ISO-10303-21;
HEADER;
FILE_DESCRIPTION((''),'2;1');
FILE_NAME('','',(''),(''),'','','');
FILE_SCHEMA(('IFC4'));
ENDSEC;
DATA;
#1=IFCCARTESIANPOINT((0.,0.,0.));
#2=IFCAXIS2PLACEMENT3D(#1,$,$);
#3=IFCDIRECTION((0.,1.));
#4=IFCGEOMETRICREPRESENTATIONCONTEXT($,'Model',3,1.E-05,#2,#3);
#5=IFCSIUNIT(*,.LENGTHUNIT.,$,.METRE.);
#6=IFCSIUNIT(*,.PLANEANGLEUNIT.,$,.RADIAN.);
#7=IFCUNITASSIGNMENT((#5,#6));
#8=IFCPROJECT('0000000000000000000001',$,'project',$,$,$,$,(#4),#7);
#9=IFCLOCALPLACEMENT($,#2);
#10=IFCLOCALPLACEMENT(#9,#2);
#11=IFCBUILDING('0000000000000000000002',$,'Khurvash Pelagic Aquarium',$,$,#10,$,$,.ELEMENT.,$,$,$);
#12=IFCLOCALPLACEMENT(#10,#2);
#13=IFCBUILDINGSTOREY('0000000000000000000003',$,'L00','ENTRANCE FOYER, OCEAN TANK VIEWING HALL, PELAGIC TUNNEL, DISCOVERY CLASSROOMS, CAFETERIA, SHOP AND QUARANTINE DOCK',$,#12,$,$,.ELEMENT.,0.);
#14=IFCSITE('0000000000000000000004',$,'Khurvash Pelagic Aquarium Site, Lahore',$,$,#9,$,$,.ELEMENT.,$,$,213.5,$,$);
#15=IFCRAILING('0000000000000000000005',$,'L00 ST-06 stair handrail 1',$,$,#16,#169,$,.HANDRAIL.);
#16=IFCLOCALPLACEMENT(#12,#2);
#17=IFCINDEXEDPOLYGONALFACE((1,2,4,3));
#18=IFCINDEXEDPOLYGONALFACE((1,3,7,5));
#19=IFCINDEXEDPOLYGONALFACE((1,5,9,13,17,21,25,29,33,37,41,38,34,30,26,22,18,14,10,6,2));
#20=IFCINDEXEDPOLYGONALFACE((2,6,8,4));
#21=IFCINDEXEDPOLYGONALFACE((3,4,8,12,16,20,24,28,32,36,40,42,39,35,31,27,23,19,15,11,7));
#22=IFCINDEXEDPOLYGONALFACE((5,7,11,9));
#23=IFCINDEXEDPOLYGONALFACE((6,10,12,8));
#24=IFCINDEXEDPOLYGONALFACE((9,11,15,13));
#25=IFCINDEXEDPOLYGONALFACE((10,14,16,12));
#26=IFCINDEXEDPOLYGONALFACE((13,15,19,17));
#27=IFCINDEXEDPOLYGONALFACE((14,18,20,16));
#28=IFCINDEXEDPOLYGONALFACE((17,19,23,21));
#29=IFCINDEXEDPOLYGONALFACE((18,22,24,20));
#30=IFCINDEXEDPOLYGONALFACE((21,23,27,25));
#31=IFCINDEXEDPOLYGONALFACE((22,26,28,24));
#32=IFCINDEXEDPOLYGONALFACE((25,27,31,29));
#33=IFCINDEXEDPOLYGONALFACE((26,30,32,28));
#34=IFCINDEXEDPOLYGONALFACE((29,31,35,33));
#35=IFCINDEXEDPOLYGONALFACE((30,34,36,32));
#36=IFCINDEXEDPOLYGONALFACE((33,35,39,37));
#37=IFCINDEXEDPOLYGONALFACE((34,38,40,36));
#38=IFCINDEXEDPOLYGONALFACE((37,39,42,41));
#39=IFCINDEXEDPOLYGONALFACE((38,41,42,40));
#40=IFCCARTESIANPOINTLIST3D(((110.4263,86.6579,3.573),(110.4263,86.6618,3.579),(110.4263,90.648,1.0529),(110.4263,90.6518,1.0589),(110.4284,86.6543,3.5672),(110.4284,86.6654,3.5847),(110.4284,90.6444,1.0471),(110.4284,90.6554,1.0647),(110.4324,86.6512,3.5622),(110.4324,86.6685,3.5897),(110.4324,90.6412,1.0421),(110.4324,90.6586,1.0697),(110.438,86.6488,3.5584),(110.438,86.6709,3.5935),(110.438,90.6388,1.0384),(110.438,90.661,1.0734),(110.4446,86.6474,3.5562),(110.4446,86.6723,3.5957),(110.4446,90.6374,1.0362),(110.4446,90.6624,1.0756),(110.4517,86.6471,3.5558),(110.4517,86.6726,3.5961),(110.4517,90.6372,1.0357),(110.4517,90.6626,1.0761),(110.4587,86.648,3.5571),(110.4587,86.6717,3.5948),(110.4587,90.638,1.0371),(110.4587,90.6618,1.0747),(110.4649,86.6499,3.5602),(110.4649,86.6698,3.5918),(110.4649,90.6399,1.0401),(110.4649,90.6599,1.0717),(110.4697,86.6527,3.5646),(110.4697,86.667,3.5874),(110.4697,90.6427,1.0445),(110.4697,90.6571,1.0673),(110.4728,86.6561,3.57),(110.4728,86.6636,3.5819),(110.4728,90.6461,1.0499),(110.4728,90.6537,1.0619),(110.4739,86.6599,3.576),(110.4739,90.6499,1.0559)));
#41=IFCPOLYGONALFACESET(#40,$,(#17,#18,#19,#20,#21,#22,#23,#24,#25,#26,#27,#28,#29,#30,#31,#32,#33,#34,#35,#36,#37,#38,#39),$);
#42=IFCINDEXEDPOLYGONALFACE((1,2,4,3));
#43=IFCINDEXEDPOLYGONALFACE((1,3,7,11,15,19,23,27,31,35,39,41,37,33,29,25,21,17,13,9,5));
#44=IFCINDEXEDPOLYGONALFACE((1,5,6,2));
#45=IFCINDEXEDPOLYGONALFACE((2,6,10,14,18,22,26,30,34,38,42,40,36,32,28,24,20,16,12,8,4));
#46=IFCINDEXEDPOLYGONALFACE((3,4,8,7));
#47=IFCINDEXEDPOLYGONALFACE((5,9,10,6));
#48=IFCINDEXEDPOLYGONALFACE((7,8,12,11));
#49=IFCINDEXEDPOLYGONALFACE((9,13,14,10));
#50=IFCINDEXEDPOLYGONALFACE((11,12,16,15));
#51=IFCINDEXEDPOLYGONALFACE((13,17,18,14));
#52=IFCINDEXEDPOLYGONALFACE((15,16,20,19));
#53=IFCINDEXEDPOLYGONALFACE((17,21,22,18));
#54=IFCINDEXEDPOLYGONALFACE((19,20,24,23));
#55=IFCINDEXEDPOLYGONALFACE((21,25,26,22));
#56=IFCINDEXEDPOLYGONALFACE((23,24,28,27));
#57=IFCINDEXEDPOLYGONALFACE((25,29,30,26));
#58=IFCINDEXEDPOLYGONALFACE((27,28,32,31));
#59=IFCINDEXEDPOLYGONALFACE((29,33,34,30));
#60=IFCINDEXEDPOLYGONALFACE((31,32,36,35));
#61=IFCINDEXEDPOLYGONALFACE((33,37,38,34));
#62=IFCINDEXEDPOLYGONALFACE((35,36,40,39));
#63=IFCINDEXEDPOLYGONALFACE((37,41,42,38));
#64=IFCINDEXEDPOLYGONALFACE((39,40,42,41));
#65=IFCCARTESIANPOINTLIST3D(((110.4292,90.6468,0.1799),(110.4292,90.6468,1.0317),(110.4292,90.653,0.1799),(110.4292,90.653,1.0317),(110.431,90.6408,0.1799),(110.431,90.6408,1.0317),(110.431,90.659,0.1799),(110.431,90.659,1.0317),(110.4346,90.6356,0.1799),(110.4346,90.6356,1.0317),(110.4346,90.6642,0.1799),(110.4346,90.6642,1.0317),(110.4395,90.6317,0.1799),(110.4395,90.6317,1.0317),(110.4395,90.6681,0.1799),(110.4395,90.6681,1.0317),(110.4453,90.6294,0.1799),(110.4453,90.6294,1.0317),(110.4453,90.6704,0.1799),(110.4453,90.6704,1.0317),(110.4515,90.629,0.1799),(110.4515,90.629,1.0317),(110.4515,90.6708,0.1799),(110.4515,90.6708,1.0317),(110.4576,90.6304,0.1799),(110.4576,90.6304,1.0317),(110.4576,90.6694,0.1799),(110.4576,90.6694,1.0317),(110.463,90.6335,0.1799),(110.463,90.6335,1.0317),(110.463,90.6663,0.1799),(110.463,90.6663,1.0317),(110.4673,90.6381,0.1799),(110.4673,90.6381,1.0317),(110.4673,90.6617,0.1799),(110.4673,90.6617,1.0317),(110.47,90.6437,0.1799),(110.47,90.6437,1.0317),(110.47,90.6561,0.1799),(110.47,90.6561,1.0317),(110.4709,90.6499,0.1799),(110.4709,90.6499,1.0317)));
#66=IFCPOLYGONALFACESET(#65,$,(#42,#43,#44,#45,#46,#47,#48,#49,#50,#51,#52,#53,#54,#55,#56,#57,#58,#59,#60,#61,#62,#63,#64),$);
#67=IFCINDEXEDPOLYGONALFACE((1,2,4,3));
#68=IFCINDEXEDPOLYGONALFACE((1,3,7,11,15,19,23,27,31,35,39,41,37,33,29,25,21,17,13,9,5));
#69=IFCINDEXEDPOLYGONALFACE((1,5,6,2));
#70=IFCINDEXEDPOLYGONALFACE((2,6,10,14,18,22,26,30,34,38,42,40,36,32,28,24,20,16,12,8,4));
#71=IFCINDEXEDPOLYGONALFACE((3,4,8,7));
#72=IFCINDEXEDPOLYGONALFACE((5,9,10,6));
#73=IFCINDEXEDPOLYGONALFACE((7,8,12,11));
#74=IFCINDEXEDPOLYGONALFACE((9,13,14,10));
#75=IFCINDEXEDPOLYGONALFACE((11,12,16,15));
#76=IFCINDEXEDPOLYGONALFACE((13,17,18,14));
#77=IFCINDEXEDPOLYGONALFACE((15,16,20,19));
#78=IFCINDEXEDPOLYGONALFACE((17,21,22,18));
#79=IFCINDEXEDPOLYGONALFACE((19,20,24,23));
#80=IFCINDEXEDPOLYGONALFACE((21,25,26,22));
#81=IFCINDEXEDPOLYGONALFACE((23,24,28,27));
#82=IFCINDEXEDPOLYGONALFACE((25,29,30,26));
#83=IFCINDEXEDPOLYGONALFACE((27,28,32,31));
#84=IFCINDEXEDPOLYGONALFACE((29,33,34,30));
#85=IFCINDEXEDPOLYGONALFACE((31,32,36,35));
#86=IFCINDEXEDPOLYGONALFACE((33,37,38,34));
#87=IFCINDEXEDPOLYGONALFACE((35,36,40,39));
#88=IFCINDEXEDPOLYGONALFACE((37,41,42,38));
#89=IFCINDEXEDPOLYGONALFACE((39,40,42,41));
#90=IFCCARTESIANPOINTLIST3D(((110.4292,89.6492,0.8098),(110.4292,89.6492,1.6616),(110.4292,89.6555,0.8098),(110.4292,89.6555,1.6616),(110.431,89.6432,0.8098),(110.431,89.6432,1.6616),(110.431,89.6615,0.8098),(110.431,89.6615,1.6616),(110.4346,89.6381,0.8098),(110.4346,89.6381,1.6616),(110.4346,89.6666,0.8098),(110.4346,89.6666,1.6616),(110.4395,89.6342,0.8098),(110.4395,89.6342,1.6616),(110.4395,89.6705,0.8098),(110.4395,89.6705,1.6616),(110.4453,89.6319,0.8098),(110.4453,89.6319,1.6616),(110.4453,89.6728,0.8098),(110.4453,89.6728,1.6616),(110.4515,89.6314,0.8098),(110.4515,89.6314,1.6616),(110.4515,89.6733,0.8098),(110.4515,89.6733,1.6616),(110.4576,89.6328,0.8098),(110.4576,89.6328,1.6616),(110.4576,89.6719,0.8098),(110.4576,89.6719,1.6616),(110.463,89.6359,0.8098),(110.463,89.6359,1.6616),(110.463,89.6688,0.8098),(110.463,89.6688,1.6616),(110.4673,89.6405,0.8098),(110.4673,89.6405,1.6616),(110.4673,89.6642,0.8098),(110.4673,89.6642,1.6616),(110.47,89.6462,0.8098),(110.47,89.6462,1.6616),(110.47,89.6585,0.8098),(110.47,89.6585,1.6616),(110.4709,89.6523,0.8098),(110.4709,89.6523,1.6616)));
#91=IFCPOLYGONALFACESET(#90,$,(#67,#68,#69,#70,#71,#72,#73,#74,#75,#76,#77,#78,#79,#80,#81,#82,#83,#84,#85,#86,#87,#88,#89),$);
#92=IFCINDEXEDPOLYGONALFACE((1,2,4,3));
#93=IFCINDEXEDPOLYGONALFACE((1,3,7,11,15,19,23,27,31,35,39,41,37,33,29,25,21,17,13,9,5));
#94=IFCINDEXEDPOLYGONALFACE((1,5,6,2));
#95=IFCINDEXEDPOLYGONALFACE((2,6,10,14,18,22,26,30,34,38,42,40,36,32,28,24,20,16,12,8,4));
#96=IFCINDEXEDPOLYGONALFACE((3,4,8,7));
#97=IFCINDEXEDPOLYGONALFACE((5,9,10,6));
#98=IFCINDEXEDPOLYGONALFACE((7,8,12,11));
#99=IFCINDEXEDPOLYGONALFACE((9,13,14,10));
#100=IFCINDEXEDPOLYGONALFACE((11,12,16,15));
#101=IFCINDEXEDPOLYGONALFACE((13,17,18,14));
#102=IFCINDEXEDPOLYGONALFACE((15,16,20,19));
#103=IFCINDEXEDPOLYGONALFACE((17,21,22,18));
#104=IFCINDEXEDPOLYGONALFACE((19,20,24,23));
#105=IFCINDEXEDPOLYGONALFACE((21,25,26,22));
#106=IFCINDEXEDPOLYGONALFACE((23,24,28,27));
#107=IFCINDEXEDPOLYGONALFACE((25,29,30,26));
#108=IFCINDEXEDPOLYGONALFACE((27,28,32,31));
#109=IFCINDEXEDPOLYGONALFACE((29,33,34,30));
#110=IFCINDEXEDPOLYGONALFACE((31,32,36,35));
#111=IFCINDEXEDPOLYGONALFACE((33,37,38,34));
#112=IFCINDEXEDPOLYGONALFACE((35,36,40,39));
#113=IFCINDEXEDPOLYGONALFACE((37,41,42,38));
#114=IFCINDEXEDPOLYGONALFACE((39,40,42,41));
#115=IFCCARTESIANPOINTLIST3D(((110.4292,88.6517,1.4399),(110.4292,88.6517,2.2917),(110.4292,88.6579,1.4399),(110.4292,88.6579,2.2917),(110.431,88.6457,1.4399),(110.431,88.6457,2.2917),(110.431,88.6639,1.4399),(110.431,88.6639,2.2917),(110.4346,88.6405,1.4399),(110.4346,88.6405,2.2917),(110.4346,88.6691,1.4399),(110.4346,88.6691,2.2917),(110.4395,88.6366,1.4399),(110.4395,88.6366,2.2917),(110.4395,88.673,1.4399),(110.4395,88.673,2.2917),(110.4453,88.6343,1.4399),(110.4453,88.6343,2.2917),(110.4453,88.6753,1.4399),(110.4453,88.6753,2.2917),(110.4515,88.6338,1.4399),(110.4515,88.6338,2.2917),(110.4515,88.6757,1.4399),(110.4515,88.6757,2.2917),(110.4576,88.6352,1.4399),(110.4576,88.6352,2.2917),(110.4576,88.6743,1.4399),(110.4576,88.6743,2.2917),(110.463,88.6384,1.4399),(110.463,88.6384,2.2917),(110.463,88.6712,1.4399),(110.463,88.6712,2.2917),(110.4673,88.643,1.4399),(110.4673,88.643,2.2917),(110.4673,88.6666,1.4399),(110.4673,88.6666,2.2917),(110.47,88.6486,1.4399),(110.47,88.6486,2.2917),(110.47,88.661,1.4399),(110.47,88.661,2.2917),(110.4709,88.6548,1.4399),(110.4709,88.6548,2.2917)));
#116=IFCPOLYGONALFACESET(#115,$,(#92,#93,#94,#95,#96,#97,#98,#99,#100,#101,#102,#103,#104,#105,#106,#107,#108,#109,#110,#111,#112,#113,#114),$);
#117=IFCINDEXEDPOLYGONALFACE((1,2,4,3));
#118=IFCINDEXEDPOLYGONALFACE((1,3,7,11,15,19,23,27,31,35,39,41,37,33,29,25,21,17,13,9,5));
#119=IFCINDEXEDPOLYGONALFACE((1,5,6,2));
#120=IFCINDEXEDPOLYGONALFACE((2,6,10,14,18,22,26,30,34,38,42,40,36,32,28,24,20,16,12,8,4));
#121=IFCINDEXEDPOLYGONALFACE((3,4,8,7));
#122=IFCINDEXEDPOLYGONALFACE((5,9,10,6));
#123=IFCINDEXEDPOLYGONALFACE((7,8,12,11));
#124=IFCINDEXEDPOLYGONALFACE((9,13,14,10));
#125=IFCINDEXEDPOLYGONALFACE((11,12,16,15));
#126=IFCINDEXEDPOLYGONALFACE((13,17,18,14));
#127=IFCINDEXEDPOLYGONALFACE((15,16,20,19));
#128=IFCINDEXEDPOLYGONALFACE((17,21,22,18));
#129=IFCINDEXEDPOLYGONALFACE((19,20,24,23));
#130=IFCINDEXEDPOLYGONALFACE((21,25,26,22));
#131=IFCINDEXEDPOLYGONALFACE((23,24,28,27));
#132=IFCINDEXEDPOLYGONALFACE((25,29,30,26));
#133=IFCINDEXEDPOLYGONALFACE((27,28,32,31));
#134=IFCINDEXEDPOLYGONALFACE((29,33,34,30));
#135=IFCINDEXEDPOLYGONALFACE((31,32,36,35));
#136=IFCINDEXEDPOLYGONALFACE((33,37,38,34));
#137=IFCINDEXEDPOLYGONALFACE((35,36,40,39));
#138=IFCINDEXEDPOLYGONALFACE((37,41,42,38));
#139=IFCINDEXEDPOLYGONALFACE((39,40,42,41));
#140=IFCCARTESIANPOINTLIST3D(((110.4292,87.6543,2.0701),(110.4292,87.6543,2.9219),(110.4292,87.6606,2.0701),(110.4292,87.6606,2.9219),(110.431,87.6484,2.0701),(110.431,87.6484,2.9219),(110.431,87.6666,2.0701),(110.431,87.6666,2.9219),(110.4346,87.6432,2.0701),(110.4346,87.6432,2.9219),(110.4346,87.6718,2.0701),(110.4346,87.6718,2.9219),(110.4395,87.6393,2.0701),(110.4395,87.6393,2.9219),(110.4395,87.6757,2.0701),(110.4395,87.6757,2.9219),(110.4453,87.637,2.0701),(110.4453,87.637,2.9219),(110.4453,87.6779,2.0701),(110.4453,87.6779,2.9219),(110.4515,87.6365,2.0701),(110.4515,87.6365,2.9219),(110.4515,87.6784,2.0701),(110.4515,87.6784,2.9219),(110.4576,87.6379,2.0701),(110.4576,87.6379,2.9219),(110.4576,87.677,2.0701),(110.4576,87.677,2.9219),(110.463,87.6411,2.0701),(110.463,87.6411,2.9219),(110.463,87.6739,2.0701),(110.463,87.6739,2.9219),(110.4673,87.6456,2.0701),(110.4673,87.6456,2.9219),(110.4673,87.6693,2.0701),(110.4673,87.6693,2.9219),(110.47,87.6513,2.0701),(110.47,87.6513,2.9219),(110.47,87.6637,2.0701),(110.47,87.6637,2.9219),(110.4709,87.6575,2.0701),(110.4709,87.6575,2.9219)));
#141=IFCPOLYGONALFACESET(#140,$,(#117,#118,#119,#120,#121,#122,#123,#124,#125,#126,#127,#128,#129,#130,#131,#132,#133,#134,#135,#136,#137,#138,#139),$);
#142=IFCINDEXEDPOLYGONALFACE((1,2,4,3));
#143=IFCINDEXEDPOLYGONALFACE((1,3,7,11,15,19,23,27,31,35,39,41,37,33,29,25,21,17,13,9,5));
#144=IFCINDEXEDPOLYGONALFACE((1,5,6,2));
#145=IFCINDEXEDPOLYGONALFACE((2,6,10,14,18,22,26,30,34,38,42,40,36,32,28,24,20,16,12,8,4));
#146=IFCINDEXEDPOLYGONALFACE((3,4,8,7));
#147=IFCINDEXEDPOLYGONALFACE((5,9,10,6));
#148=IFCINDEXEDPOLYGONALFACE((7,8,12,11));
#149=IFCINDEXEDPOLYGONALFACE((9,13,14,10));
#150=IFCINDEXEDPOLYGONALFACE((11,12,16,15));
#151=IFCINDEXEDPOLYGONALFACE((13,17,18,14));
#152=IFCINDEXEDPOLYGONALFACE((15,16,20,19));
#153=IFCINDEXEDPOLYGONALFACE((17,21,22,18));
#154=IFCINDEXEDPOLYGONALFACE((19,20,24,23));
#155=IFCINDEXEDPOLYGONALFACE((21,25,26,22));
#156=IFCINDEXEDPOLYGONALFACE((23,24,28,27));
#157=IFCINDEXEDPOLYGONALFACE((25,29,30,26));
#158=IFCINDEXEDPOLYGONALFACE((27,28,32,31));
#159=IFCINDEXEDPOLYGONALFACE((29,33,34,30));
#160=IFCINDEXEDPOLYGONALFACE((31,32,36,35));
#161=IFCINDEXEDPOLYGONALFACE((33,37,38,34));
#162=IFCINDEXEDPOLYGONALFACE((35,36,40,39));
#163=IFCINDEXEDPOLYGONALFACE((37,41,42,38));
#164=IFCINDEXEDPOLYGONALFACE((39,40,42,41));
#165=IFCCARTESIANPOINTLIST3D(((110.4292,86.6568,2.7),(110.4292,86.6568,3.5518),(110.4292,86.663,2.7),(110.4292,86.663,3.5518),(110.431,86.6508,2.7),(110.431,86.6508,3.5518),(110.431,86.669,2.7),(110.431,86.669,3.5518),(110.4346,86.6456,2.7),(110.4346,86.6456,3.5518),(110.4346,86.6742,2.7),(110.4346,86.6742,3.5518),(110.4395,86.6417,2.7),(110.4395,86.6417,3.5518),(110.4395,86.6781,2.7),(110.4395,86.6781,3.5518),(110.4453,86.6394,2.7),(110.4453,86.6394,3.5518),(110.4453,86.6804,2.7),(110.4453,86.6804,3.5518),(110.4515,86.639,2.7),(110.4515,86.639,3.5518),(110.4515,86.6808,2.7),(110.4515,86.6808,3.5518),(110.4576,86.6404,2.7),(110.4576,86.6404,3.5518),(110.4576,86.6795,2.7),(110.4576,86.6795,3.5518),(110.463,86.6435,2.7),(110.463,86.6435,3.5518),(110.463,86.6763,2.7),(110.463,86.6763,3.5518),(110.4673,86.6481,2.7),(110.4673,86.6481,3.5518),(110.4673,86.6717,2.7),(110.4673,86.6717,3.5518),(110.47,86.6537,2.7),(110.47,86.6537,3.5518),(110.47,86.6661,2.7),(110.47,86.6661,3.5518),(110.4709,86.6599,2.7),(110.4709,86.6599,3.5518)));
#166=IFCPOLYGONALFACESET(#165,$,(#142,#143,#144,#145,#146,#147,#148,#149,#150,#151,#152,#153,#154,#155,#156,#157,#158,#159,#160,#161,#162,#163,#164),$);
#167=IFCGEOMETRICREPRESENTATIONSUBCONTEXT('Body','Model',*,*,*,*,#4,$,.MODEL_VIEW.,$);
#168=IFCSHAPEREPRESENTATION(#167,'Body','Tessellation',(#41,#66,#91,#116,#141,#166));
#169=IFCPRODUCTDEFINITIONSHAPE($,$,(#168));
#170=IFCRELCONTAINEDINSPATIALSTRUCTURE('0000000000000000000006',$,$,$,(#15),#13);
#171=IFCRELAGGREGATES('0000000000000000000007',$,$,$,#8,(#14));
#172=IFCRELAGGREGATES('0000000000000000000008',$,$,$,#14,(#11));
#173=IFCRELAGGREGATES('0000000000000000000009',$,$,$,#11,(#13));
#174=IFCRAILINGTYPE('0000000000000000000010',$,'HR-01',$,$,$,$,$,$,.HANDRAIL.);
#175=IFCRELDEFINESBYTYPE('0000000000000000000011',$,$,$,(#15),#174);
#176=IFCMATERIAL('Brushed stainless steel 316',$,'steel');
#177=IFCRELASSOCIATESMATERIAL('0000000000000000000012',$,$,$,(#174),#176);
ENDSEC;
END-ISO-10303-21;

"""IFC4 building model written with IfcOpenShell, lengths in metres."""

from ifc_helpers import new_model, si_unit, direction, frame, origin, origin_2d, place, context, subcontext, project, spatial, circle, extrude, material, type_object, element, save


model = new_model("IFC4")

# Units and contexts
model_context = context("Model", 3, precision=1e-05, world=origin(), true_north=direction((0.0, 1.0)))
body_context = subcontext(model_context, "Body", "Model", "MODEL_VIEW")
ifc_project = project(units=[si_unit("LENGTHUNIT", "METRE"), si_unit("PLANEANGLEUNIT", "RADIAN")], contexts=[model_context])

# Site, building, storey
site_placement = place(None, origin())
site = spatial("IfcSite", under=ifc_project, at=site_placement, Name="Khurvash Pelagic Aquarium Site, Lahore", CompositionType="ELEMENT", RefElevation=213.5)
building_placement = place(site_placement, origin())
building = spatial("IfcBuilding", under=site, at=building_placement, Name="Khurvash Pelagic Aquarium", CompositionType="ELEMENT")
storey_placement = place(building_placement, origin())
storey = spatial("IfcBuildingStorey", under=building, at=storey_placement, Name="L00", Description="ENTRANCE FOYER, OCEAN TANK VIEWING HALL, PELAGIC TUNNEL, DISCOVERY CLASSROOMS, CAFETERIA, SHOP AND QUARANTINE DOCK", CompositionType="ELEMENT", Elevation=0.0)

# Railing
ifc_material_1 = material(Name="Brushed stainless steel 316", Category="steel")
railing_type_1 = type_object("IfcRailingType", Name="HR-01", PredefinedType="HANDRAIL", material=ifc_material_1)
railing_1_placement = place(storey_placement, frame((110.45, 90.6499, 0.1799)))
element("IfcRailing", 1, at=railing_1_placement, inside=storey, type_object=railing_type_1, Name="L00 ST-06 stair handrail 1", PredefinedType="HANDRAIL", context=body_context, shape_type="SweptSolid", body=[
    extrude(circle(Radius=0.0239, at=origin_2d()), frame((0.0, 0.0, 0.876), z_axis=(0.0, -0.845486, 0.533997), x_axis=(1.0, 0.0, 0.0)), (0.0, 0.0, 1.0), 4.7192),
    extrude(circle(Radius=0.021, at=origin_2d()), origin(), (0.0, 0.0, 1.0), 0.8518),
    extrude(circle(Radius=0.021, at=origin_2d()), frame((0.0, -0.9976, 0.6299)), (0.0, 0.0, 1.0), 0.8518),
    extrude(circle(Radius=0.021, at=origin_2d()), frame((0.0, -1.9951, 1.26)), (0.0, 0.0, 1.0), 0.8518),
    extrude(circle(Radius=0.021, at=origin_2d()), frame((0.0, -2.9924, 1.8901)), (0.0, 0.0, 1.0), 0.8518),
    extrude(circle(Radius=0.021, at=origin_2d()), frame((0.0, -3.99, 2.52)), (0.0, 0.0, 1.0), 0.8518),
])

save(model, "model.ifc")
